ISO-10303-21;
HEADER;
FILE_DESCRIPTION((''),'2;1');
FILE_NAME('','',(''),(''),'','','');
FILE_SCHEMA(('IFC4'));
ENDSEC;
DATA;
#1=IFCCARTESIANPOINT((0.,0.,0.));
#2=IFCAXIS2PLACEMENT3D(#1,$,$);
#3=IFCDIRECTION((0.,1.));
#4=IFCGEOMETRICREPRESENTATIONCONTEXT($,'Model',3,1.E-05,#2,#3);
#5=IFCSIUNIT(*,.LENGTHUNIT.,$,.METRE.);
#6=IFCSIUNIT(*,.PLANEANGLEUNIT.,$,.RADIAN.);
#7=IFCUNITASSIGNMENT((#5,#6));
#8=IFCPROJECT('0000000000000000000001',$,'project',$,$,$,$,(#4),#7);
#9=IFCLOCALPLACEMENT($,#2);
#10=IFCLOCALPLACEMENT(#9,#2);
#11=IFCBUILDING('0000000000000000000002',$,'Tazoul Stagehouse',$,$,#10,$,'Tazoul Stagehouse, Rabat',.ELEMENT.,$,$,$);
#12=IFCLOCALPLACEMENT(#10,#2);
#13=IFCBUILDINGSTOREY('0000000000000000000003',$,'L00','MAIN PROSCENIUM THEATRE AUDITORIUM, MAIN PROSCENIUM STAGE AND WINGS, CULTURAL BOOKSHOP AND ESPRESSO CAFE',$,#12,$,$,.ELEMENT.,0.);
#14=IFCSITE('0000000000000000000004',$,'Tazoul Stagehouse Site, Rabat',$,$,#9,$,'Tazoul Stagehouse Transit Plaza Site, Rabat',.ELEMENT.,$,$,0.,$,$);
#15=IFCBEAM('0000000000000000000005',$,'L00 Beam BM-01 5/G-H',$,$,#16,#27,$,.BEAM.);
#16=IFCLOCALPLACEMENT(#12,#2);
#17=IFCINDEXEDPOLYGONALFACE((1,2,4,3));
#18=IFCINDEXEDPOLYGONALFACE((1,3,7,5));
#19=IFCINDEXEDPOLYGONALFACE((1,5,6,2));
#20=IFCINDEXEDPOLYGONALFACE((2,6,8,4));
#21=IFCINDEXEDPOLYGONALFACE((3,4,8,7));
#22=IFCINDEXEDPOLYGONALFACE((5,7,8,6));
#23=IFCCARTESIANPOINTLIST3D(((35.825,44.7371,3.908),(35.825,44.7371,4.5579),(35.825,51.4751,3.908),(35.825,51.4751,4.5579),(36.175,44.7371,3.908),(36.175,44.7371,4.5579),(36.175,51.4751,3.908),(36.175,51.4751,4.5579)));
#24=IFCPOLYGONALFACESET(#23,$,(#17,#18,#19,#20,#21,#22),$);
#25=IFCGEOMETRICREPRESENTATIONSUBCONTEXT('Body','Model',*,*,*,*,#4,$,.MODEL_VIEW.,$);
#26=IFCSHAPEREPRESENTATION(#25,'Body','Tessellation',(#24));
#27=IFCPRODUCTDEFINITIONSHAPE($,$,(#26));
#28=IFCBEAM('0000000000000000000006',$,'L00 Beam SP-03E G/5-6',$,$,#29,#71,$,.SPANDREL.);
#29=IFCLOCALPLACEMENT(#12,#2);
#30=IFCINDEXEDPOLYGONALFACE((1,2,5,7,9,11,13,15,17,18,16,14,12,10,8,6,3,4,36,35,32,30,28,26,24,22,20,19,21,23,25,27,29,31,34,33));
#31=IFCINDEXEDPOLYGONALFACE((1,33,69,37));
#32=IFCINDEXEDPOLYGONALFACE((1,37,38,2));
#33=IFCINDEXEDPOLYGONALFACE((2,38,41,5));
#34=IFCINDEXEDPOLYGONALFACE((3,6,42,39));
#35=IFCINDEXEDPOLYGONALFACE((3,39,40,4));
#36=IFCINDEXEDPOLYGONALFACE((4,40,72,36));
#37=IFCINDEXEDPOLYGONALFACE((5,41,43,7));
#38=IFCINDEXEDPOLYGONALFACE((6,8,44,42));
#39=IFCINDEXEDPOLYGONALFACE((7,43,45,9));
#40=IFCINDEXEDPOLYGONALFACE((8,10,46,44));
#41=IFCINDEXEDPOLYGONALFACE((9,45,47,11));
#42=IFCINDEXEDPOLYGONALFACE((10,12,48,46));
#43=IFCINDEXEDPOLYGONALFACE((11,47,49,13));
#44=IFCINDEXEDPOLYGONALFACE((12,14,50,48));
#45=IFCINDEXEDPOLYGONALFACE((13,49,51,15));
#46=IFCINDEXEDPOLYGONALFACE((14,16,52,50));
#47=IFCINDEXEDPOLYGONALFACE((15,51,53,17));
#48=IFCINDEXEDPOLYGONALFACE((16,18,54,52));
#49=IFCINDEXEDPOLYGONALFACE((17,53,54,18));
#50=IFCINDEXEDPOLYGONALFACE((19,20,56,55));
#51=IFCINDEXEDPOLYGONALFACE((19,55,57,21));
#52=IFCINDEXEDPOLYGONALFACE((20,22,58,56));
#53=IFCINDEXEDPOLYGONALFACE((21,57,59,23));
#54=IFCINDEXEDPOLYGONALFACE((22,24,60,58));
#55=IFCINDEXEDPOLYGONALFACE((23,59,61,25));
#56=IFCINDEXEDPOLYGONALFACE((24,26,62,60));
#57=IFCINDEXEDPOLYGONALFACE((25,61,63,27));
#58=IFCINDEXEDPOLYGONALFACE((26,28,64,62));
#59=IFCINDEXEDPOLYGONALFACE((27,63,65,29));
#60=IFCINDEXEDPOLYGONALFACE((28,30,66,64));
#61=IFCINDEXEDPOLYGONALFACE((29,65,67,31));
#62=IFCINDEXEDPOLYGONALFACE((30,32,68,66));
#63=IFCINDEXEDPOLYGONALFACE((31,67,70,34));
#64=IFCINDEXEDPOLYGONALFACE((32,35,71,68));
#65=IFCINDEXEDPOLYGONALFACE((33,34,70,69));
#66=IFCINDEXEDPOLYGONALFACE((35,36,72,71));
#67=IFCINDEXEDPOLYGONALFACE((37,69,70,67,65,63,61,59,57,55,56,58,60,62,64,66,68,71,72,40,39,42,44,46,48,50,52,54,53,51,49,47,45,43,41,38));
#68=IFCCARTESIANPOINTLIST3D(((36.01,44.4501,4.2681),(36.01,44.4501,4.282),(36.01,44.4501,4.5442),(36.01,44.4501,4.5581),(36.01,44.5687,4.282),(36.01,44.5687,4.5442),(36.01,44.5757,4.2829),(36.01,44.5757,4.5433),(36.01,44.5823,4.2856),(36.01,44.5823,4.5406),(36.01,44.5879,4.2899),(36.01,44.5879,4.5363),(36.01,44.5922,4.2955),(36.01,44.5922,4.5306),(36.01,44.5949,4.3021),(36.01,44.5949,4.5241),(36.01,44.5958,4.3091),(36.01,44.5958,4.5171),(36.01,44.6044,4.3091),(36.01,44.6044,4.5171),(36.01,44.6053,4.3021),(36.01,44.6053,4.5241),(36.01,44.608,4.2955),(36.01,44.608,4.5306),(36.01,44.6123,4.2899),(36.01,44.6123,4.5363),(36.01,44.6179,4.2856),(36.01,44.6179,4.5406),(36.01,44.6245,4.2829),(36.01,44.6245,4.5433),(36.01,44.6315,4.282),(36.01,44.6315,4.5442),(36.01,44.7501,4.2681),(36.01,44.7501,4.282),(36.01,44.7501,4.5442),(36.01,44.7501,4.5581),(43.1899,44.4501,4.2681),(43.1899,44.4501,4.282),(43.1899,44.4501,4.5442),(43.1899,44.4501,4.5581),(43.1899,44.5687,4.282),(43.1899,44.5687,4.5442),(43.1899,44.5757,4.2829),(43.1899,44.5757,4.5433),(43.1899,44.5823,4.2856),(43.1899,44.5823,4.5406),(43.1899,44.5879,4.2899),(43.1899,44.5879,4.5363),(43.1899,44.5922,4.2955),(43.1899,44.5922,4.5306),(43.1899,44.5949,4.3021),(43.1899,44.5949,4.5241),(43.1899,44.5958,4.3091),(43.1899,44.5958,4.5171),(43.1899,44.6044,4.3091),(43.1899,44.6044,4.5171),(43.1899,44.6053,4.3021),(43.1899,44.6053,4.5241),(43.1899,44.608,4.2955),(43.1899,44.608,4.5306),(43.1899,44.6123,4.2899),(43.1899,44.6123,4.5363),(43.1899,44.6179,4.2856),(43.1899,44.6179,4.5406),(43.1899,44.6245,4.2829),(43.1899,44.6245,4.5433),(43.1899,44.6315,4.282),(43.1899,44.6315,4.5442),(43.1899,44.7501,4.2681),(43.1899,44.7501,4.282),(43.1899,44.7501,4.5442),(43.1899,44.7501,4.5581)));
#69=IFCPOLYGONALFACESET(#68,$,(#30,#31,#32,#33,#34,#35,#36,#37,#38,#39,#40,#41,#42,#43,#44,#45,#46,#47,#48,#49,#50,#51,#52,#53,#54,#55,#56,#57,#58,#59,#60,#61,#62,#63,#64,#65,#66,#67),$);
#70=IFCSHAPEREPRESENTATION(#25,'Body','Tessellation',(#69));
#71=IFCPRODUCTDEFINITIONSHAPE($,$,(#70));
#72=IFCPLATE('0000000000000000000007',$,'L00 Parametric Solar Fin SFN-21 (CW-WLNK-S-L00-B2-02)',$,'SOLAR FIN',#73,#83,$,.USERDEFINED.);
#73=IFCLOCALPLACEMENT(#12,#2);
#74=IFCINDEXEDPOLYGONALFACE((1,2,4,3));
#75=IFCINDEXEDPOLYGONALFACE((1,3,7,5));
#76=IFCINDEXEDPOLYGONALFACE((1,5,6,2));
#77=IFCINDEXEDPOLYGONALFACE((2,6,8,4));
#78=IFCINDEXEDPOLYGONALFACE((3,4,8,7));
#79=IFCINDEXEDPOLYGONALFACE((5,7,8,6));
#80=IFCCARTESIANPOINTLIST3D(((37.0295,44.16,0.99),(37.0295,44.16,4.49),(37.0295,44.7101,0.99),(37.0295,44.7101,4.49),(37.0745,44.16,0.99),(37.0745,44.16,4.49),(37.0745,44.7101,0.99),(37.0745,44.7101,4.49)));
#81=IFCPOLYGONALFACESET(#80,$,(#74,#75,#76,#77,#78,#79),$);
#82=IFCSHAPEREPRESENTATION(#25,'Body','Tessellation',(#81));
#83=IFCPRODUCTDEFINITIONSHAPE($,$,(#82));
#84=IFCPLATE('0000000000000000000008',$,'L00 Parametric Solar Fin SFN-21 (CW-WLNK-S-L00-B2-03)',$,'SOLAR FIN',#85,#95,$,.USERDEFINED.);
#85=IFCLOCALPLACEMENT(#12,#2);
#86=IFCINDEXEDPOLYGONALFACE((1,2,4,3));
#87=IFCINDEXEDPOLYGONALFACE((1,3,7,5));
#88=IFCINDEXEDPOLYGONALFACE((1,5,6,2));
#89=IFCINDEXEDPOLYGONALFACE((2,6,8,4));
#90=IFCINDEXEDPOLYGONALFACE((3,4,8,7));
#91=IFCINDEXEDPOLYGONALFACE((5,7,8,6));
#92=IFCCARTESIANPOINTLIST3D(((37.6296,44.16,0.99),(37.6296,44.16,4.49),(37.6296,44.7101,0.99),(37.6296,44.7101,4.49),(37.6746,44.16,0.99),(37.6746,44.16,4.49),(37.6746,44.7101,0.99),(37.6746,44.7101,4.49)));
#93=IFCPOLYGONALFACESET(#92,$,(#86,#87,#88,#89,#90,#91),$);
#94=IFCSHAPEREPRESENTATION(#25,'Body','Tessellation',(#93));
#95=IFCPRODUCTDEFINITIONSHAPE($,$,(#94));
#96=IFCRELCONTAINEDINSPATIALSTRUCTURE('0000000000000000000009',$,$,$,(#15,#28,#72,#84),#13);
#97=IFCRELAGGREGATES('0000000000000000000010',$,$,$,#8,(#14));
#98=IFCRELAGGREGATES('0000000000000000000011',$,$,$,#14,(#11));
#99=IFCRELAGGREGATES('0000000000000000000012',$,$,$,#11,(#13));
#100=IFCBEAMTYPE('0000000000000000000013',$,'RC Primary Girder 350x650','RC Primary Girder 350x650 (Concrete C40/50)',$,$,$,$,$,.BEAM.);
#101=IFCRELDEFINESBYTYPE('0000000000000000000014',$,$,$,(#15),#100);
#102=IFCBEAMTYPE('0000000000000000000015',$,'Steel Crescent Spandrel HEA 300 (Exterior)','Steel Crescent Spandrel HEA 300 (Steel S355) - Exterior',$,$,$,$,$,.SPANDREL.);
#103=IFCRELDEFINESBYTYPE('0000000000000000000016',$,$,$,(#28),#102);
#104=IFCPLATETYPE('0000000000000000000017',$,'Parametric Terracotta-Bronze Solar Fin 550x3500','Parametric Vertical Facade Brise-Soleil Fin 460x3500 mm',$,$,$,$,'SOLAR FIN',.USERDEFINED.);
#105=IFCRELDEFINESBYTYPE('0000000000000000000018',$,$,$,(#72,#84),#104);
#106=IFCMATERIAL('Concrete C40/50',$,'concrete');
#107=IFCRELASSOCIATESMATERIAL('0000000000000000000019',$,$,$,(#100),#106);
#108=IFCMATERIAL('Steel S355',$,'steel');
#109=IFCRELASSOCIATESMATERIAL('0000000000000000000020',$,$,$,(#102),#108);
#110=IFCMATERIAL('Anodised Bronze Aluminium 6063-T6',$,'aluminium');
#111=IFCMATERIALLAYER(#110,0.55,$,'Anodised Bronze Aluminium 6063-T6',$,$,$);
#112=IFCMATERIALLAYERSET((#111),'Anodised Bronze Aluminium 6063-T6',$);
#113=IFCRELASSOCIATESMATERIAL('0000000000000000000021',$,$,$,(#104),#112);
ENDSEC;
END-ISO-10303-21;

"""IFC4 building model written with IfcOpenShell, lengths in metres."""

from ifc_helpers import new_model, si_unit, direction, frame, origin, origin_2d, place, context, subcontext, project, spatial, rectangle, i_section, extrude, material, layer, layer_set, material_profile, profile_set, type_object, element, save


model = new_model("IFC4")

# Units and contexts
model_context = context("Model", 3, precision=1e-05, world=origin(), true_north=direction((0.0, 1.0)))
body_context = subcontext(model_context, "Body", "Model", "MODEL_VIEW")
ifc_project = project(units=[si_unit("LENGTHUNIT", "METRE"), si_unit("PLANEANGLEUNIT", "RADIAN")], contexts=[model_context])

# Site, building, storey
site_placement = place(None, origin())
site = spatial("IfcSite", under=ifc_project, at=site_placement, Name="Tazoul Stagehouse Site, Rabat", LongName="Tazoul Stagehouse Transit Plaza Site, Rabat", CompositionType="ELEMENT", RefElevation=0.0)
building_placement = place(site_placement, origin())
building = spatial("IfcBuilding", under=site, at=building_placement, Name="Tazoul Stagehouse", LongName="Tazoul Stagehouse, Rabat", CompositionType="ELEMENT")
storey_placement = place(building_placement, origin())
storey = spatial("IfcBuildingStorey", under=building, at=storey_placement, Name="L00", Description="MAIN PROSCENIUM THEATRE AUDITORIUM, MAIN PROSCENIUM STAGE AND WINGS, CULTURAL BOOKSHOP AND ESPRESSO CAFE", CompositionType="ELEMENT", Elevation=0.0)

# Beams
ifc_material_1 = material(Name="Concrete C40/50", Category="concrete")
ifc_material_profile_1 = material_profile(ifc_material_1, rectangle(XDim=0.3501, YDim=0.6499, at=origin_2d()), Name="RC 350x650")
ifc_profile_set_1 = profile_set([ifc_material_profile_1], Name="Concrete C40/50")
beam_type_1 = type_object("IfcBeamType", Name="RC Primary Girder 350x650", Description="RC Primary Girder 350x650 (Concrete C40/50)", PredefinedType="BEAM", material=ifc_profile_set_1)
beam_1_placement = place(storey_placement, frame((36.0, 44.7371, 4.2329), z_axis=(0.0, 1.0, 0.0), x_axis=(-1.0, 0.0, 0.0)))
element("IfcBeam", 1, at=beam_1_placement, inside=storey, type_object=beam_type_1, Name="L00 Beam BM-01 5/G-H", PredefinedType="BEAM", context=body_context, shape_type="SweptSolid", body=[
    extrude(rectangle(XDim=0.3501, YDim=0.6499, at=origin_2d()), origin(), (0.0, 0.0, 1.0), 6.738),
])
ifc_material_2 = material(Name="Steel S355", Category="steel")
ifc_material_profile_2 = material_profile(ifc_material_2, i_section(OverallWidth=0.3, OverallDepth=0.29, WebThickness=0.0085, FlangeThickness=0.0139, FilletRadius=0.0271, at=origin_2d()), Name="HEA 300")
ifc_profile_set_2 = profile_set([ifc_material_profile_2], Name="Steel S355")
beam_type_2 = type_object("IfcBeamType", Name="Steel Crescent Spandrel HEA 300 (Exterior)", Description="Steel Crescent Spandrel HEA 300 (Steel S355) - Exterior", PredefinedType="SPANDREL", material=ifc_profile_set_2)
beam_2_placement = place(storey_placement, frame((36.01, 44.6001, 4.4131), z_axis=(1.0, 0.0, 0.0), x_axis=(0.0, 1.0, 0.0)))
element("IfcBeam", 2, at=beam_2_placement, inside=storey, type_object=beam_type_2, Name="L00 Beam SP-03E G/5-6", PredefinedType="SPANDREL", context=body_context, shape_type="SweptSolid", body=[
    extrude(i_section(OverallWidth=0.3, OverallDepth=0.29, WebThickness=0.0085, FlangeThickness=0.0139, FilletRadius=0.0271, at=origin_2d()), origin(), (0.0, 0.0, 1.0), 7.1799),
])

# Plates
ifc_material_3 = material(Name="Anodised Bronze Aluminium 6063-T6", Category="aluminium")
ifc_layer = layer(ifc_material_3, 0.55, Name="Anodised Bronze Aluminium 6063-T6")
ifc_layer_set = layer_set([ifc_layer], Name="Anodised Bronze Aluminium 6063-T6")
plate_type = type_object("IfcPlateType", Name="Parametric Terracotta-Bronze Solar Fin 550x3500", Description="Parametric Vertical Facade Brise-Soleil Fin 460x3500 mm", ElementType="SOLAR FIN", PredefinedType="USERDEFINED", material=ifc_layer_set)
for number, where, z_axis, x_axis, name in (
    (3, (37.052, 44.4351, 0.99), (0.0, 0.0, 1.0), (1.0, 0.0, 0.0), "L00 Parametric Solar Fin SFN-21 (CW-WLNK-S-L00-B2-02)"),
    (4, (37.6521, 44.4351, 0.99), (0.0, 0.0, 1.0), (1.0, 0.0, 0.0), "L00 Parametric Solar Fin SFN-21 (CW-WLNK-S-L00-B2-03)"),
):
    element("IfcPlate", number, at=place(storey_placement, frame(where, z_axis=z_axis, x_axis=x_axis)), inside=storey, type_object=plate_type, Name=name, ObjectType="SOLAR FIN", PredefinedType="USERDEFINED", context=body_context, shape_type="SweptSolid", body=[
        extrude(rectangle(XDim=0.0449, YDim=0.55, at=origin_2d()), origin(), (0.0, 0.0, 1.0), 3.5),
    ])

save(model, "model.ifc")
